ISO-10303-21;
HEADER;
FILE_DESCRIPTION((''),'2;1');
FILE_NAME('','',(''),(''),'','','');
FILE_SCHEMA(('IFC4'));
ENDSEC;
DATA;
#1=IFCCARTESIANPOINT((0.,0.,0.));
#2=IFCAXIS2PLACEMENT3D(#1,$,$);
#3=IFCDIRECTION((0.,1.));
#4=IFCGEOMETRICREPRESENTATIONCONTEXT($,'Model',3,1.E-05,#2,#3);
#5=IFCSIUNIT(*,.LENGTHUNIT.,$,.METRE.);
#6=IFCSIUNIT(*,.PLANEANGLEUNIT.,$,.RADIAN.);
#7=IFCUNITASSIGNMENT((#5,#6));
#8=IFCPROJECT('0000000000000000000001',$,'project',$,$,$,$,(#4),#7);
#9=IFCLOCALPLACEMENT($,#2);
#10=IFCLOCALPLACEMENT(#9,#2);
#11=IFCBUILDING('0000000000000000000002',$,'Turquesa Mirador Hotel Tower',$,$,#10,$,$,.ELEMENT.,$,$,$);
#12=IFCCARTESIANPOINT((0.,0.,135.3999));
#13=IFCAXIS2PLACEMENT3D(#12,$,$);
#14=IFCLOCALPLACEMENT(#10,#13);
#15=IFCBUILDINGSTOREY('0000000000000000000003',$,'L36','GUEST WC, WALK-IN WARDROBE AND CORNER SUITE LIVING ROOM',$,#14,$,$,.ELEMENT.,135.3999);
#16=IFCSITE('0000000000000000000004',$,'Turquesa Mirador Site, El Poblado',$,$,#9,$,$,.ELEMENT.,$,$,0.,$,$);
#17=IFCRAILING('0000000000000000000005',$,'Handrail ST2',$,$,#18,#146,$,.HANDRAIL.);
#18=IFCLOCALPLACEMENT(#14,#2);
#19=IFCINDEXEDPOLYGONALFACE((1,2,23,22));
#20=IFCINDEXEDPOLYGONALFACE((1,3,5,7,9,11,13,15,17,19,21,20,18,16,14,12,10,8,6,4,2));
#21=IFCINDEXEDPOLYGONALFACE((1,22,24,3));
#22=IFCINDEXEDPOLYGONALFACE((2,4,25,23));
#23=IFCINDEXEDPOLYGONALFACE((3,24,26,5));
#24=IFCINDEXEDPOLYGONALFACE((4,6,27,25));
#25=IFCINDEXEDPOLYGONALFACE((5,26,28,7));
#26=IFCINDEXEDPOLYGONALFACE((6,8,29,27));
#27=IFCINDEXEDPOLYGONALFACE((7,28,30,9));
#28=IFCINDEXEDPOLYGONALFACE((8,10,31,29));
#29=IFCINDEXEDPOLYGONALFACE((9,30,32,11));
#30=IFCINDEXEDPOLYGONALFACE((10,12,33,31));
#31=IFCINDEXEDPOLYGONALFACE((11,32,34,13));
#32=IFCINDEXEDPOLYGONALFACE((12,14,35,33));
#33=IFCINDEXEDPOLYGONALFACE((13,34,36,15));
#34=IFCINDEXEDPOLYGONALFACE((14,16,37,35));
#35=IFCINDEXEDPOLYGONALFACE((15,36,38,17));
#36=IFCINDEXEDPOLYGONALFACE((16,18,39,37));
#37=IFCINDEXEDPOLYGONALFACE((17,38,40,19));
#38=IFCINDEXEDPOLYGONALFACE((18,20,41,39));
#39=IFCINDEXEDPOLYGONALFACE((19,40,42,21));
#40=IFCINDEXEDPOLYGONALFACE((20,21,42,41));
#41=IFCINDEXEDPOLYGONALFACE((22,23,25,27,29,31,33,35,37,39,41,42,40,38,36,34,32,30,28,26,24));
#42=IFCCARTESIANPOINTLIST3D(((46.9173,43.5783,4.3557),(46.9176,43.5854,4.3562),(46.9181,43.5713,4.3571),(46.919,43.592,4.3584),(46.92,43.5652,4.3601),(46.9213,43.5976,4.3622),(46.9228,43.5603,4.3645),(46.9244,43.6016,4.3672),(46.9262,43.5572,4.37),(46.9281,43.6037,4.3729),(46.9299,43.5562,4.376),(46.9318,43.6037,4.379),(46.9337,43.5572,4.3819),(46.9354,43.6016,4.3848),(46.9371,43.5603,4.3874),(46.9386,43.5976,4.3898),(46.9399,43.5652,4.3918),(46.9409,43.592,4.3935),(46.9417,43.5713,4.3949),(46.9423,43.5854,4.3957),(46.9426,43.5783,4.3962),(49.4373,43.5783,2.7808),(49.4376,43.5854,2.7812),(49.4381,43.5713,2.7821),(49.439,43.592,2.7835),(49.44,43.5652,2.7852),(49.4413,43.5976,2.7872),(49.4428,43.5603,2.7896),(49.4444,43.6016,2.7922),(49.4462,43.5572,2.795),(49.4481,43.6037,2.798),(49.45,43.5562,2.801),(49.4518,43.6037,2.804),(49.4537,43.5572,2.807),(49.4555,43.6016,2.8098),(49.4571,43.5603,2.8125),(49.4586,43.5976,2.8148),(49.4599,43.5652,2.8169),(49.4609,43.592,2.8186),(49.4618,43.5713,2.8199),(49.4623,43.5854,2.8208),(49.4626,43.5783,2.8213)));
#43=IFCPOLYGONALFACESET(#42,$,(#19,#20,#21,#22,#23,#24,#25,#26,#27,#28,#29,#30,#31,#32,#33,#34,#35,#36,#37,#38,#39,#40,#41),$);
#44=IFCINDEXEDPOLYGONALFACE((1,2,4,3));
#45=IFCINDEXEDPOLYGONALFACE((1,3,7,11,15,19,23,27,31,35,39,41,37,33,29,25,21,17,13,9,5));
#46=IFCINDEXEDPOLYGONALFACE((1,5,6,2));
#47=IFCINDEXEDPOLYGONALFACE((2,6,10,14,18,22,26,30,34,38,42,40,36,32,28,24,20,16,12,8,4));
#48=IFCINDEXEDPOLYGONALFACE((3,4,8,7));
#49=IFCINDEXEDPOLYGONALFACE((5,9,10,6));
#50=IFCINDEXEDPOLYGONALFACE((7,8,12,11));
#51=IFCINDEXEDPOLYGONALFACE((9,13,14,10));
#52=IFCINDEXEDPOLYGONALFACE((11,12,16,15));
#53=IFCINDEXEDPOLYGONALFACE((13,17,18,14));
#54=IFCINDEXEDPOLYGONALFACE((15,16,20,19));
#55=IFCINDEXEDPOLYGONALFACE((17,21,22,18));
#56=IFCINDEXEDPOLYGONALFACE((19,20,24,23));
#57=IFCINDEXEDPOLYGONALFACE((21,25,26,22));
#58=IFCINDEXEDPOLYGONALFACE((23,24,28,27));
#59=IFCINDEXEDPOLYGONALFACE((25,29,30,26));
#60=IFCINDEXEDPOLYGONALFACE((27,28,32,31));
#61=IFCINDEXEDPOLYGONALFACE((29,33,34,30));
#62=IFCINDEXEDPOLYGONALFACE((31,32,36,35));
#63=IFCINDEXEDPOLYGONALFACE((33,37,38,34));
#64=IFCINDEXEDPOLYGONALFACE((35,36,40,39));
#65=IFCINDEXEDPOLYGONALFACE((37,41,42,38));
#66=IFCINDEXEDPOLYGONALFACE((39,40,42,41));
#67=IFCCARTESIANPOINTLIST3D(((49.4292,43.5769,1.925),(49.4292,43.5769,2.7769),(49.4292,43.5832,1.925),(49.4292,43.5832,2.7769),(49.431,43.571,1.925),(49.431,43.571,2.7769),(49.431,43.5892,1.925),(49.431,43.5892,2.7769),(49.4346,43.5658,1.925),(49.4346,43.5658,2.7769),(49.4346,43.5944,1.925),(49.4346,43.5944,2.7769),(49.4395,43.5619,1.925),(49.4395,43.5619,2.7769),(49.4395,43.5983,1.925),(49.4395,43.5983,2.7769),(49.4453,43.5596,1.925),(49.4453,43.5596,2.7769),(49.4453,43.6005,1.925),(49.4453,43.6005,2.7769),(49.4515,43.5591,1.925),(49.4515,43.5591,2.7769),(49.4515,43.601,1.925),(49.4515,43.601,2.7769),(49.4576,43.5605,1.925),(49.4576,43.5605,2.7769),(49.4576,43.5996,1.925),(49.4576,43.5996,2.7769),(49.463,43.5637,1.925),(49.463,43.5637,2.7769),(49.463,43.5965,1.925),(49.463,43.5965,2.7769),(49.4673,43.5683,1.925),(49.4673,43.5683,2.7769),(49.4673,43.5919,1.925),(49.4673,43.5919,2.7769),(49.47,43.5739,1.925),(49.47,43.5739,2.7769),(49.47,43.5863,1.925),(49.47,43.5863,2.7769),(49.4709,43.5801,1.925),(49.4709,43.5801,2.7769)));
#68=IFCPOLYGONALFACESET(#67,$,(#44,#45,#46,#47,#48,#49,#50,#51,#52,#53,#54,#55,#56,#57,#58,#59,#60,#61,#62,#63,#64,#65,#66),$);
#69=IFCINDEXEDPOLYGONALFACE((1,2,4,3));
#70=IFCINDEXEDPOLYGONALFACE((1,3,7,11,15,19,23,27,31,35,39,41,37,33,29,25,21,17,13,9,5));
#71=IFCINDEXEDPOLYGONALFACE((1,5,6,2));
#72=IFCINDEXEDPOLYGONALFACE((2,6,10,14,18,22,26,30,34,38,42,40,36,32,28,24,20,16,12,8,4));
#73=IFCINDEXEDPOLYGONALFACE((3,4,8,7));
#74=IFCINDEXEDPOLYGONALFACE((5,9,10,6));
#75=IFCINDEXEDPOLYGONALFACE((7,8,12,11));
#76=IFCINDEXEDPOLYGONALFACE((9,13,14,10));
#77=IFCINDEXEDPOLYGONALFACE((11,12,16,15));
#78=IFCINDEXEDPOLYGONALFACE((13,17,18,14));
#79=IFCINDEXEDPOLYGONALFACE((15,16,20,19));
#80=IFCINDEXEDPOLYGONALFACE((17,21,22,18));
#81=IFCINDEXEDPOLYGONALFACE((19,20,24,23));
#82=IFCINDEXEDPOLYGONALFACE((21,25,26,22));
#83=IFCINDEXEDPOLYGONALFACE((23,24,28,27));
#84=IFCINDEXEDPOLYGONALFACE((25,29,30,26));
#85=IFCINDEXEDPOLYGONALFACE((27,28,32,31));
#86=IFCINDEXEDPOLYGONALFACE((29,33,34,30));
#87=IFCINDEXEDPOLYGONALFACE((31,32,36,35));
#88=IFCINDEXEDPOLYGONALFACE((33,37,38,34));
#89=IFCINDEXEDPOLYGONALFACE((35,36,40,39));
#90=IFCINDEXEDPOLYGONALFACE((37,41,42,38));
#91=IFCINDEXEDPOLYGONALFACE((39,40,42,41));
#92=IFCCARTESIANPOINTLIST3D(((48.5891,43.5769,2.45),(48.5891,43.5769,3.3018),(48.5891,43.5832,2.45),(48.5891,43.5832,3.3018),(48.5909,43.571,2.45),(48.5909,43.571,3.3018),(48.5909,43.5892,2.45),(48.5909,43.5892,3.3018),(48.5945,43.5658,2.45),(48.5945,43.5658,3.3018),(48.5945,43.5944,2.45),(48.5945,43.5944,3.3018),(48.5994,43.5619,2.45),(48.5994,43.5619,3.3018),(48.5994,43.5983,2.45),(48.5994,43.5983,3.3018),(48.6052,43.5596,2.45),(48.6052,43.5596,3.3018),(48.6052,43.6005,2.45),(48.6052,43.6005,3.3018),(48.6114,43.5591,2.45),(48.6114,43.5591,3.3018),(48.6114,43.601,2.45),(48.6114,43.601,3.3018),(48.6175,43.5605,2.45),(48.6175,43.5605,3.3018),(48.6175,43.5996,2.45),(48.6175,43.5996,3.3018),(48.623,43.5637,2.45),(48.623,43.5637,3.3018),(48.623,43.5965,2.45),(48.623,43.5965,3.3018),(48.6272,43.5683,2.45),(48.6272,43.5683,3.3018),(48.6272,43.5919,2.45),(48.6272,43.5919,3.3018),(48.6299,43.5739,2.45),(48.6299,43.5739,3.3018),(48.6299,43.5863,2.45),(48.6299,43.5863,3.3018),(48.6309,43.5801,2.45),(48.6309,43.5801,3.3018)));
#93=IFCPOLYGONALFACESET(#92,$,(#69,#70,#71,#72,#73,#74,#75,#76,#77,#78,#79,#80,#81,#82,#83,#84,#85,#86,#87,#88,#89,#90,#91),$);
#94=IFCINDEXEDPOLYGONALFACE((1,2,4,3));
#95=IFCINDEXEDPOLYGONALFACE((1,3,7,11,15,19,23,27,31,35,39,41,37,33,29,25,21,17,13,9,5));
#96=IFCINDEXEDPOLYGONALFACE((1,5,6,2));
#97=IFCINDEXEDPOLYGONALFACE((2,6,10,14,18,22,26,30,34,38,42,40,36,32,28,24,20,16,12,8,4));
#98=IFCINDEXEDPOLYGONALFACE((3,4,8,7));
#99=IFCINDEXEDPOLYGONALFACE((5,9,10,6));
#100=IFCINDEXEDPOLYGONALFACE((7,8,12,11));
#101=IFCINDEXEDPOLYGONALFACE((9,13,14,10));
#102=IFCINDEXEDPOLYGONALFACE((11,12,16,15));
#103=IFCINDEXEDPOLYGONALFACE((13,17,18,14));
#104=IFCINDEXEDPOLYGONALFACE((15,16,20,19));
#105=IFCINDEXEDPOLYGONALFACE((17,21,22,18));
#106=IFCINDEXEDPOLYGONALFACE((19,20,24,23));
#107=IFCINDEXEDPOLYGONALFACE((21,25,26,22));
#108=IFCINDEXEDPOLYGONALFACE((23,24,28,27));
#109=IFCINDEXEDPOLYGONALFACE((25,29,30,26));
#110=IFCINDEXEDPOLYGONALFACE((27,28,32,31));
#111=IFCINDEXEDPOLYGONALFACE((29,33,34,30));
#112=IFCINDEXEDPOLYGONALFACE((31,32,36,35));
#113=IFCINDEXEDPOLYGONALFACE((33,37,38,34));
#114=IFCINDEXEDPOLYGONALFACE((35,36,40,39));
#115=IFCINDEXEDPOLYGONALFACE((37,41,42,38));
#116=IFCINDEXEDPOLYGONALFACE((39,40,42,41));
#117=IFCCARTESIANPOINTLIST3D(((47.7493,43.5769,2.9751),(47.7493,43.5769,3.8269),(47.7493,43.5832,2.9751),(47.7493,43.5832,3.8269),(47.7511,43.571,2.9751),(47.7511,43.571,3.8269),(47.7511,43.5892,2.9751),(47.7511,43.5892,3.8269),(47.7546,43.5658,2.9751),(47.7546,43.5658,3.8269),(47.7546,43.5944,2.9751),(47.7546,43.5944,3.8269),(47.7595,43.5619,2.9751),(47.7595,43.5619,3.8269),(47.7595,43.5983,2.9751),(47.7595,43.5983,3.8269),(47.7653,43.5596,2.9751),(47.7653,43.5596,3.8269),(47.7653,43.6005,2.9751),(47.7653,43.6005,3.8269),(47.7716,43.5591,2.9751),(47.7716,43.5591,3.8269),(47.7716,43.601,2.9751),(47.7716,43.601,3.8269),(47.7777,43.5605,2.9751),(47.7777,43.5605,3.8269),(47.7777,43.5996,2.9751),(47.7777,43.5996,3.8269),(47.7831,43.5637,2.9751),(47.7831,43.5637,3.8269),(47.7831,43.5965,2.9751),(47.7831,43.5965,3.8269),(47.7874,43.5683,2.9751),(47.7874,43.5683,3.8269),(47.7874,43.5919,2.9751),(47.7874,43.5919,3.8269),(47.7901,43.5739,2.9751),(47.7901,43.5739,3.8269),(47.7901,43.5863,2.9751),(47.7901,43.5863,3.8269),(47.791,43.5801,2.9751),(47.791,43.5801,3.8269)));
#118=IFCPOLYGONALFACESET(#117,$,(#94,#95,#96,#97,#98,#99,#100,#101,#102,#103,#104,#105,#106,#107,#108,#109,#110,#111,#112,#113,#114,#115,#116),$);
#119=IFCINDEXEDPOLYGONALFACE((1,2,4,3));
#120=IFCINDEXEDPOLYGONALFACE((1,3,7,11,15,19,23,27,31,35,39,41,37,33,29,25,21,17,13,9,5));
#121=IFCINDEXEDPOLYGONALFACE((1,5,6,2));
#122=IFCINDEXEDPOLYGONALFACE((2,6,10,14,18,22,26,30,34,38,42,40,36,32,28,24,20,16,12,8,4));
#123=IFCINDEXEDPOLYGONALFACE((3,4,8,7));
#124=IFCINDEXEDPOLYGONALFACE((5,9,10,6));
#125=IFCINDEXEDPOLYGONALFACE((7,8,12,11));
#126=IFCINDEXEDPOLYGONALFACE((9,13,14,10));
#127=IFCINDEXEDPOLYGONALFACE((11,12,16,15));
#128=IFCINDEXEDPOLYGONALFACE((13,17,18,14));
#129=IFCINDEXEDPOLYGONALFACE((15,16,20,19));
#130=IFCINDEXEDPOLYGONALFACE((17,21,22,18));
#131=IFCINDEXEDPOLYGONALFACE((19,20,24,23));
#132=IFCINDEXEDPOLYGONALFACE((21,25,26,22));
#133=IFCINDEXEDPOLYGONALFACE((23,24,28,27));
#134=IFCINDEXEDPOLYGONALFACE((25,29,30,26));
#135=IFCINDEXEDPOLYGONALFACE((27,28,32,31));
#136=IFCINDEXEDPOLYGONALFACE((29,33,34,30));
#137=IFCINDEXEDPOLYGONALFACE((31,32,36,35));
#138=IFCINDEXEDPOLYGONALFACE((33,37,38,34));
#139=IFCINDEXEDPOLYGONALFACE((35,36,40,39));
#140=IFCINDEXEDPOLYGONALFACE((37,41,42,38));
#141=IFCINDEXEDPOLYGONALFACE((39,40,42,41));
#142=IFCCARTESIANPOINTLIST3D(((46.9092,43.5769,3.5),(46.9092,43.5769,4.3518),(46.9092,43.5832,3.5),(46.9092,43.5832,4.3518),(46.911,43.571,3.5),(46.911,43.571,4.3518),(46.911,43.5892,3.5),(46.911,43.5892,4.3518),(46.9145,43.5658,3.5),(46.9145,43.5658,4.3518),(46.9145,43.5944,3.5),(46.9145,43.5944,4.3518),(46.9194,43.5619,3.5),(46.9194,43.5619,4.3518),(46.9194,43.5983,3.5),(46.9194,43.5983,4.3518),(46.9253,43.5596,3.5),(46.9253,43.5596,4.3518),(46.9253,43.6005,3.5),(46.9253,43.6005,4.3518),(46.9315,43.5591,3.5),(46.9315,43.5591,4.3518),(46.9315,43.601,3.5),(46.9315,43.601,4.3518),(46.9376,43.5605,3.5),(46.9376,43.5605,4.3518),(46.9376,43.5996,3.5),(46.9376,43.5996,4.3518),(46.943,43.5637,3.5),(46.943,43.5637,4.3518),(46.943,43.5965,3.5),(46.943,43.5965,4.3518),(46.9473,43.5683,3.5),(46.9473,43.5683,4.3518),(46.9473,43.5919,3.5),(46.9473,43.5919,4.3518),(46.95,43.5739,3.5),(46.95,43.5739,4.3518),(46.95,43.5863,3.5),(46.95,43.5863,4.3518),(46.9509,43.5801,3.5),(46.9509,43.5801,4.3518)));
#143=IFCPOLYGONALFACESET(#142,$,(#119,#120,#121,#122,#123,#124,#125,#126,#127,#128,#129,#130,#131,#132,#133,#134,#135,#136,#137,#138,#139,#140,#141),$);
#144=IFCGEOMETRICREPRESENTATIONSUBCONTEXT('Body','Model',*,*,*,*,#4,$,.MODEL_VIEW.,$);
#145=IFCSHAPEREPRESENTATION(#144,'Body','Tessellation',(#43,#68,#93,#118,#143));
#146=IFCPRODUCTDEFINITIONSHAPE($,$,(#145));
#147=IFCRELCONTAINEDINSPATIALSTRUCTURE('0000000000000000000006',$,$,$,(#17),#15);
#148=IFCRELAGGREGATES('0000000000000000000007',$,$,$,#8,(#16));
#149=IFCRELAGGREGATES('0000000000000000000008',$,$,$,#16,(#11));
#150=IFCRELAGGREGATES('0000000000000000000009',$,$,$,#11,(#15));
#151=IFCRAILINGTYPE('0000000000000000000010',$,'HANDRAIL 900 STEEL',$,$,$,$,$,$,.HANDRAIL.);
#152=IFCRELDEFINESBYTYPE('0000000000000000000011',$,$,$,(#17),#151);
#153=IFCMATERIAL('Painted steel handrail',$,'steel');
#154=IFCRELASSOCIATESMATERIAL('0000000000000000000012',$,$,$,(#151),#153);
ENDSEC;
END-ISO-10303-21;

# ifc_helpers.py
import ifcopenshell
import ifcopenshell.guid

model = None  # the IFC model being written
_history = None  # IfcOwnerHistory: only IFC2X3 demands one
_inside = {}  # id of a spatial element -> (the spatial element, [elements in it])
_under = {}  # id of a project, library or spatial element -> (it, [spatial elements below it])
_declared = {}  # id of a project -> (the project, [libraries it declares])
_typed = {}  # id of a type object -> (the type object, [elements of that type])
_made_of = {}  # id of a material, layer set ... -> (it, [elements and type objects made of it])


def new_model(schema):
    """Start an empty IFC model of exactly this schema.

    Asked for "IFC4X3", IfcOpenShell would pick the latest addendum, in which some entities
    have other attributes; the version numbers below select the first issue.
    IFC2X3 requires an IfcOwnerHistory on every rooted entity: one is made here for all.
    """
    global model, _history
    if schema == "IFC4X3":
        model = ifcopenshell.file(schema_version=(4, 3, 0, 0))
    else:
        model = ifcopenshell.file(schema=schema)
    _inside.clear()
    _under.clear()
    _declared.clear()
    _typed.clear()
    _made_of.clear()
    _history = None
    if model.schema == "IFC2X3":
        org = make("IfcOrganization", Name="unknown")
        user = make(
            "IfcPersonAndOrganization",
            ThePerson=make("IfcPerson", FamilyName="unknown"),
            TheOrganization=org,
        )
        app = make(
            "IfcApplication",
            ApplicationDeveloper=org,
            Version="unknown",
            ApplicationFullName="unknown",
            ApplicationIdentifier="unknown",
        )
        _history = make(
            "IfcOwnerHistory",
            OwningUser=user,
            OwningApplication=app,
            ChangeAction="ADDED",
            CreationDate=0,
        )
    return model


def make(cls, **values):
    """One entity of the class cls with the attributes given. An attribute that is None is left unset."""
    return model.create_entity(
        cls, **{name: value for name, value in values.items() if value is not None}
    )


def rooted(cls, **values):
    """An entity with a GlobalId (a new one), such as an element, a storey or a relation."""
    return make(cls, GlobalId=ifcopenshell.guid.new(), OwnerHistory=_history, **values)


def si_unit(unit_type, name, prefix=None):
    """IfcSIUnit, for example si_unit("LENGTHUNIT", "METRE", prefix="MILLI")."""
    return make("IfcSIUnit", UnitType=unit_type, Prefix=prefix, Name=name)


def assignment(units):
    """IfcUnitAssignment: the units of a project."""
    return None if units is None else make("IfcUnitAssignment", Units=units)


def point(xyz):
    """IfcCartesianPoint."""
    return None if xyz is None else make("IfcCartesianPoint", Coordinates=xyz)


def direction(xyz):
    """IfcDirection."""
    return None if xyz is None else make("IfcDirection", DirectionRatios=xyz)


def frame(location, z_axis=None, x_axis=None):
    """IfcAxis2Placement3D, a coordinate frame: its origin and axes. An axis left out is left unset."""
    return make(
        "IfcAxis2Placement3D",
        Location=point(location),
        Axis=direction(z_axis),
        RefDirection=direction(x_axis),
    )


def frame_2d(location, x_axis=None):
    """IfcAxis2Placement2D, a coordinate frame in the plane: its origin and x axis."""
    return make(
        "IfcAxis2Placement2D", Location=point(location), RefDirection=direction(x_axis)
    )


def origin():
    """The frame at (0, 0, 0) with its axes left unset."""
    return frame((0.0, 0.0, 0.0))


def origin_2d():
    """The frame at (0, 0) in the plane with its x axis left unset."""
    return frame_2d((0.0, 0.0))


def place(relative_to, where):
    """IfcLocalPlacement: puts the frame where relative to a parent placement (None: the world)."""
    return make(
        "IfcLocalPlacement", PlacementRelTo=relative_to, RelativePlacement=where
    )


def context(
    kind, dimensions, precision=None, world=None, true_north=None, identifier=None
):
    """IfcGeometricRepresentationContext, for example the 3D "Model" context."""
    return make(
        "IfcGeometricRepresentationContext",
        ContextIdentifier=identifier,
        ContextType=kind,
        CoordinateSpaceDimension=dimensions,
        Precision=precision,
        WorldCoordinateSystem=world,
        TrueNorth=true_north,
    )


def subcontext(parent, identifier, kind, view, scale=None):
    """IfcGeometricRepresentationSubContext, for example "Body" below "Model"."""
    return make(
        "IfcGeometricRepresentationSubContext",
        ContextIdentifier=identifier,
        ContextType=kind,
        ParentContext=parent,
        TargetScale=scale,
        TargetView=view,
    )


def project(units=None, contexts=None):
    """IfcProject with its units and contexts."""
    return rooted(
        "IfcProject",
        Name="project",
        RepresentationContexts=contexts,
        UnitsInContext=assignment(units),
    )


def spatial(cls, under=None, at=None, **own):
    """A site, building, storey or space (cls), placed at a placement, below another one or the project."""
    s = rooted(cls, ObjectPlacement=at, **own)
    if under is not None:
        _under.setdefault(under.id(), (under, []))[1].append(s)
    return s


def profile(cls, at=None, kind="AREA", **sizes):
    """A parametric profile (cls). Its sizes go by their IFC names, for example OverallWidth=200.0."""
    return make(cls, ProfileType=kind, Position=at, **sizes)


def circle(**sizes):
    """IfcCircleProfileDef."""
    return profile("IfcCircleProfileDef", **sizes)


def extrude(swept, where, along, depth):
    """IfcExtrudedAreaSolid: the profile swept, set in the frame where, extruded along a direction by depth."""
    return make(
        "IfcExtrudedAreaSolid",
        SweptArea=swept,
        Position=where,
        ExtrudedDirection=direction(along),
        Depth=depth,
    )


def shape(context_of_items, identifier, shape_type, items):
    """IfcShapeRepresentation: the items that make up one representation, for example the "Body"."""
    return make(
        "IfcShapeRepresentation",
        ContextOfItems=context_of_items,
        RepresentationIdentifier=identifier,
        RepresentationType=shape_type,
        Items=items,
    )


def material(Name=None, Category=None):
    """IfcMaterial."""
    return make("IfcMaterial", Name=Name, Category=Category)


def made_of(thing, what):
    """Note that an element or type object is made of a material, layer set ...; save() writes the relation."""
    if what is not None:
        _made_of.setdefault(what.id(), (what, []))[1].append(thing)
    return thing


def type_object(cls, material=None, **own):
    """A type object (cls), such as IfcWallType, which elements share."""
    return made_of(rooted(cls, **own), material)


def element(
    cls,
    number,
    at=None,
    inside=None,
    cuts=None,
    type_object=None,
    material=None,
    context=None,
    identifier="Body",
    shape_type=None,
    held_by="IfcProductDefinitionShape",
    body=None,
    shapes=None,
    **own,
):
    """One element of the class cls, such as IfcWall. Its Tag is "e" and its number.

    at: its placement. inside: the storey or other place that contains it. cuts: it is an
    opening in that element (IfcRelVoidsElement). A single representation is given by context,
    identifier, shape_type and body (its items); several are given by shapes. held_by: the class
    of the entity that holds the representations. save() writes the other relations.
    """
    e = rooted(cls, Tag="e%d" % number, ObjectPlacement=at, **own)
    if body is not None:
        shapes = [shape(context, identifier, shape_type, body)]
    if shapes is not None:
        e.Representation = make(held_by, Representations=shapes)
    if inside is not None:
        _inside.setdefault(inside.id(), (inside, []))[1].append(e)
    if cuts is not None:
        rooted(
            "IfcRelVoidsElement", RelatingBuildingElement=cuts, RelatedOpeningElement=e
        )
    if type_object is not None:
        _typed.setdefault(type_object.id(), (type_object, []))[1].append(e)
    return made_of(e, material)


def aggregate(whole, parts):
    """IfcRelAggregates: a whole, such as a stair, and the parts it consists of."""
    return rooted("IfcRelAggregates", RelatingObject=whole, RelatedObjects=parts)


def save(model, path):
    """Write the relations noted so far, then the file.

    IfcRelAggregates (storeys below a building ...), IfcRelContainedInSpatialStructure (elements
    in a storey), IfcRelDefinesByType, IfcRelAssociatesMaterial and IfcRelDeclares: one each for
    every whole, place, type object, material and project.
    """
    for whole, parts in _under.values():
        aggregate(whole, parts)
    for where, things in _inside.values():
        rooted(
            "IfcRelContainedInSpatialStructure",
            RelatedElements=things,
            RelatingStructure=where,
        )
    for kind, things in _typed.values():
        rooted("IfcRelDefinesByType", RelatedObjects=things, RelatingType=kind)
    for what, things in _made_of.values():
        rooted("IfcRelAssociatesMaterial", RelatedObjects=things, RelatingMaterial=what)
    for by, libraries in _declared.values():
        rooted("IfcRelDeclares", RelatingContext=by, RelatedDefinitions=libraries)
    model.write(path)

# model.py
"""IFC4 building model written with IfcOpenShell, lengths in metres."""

from ifc_helpers import new_model, si_unit, direction, frame, origin, origin_2d, place, context, subcontext, project, spatial, circle, extrude, material, type_object, element, save


model = new_model("IFC4")

# Units and contexts
model_context = context("Model", 3, precision=1e-05, world=origin(), true_north=direction((0.0, 1.0)))
body_context = subcontext(model_context, "Body", "Model", "MODEL_VIEW")
ifc_project = project(units=[si_unit("LENGTHUNIT", "METRE"), si_unit("PLANEANGLEUNIT", "RADIAN")], contexts=[model_context])

# Site, building, storey
site_placement = place(None, origin())
site = spatial("IfcSite", under=ifc_project, at=site_placement, Name="Turquesa Mirador Site, El Poblado", CompositionType="ELEMENT", RefElevation=0.0)
building_placement = place(site_placement, origin())
building = spatial("IfcBuilding", under=site, at=building_placement, Name="Turquesa Mirador Hotel Tower", CompositionType="ELEMENT")
storey_placement = place(building_placement, frame((0.0, 0.0, 135.3999)))
storey = spatial("IfcBuildingStorey", under=building, at=storey_placement, Name="L36", Description="GUEST WC, WALK-IN WARDROBE AND CORNER SUITE LIVING ROOM", CompositionType="ELEMENT", Elevation=135.3999)

# Railing
ifc_material_1 = material(Name="Painted steel handrail", Category="steel")
railing_type = type_object("IfcRailingType", Name="HANDRAIL 900 STEEL", PredefinedType="HANDRAIL", material=ifc_material_1)
railing_placement = place(storey_placement, frame((49.45, 43.5801, 1.925)))
element("IfcRailing", 1, at=railing_placement, inside=storey, type_object=railing_type, Name="Handrail ST2", PredefinedType="HANDRAIL", context=body_context, shape_type="SweptSolid", body=[
    extrude(circle(Radius=0.0239, at=origin_2d()), frame((0.0, 0.0, 0.876), z_axis=(-0.848008, 0.0, 0.529984), x_axis=(0.0, -1.0, 0.0)), (0.0, 0.0, 1.0), 2.9717),
    extrude(circle(Radius=0.021, at=origin_2d()), origin(), (0.0, 0.0, 1.0), 0.8518),
    extrude(circle(Radius=0.021, at=origin_2d()), frame((-0.8401, 0.0, 0.5249)), (0.0, 0.0, 1.0), 0.8518),
    extrude(circle(Radius=0.021, at=origin_2d()), frame((-1.6799, 0.0, 1.05)), (0.0, 0.0, 1.0), 0.8518),
    extrude(circle(Radius=0.021, at=origin_2d()), frame((-2.52, 0.0, 1.575)), (0.0, 0.0, 1.0), 0.8518),
])

save(model, "model.ifc")
